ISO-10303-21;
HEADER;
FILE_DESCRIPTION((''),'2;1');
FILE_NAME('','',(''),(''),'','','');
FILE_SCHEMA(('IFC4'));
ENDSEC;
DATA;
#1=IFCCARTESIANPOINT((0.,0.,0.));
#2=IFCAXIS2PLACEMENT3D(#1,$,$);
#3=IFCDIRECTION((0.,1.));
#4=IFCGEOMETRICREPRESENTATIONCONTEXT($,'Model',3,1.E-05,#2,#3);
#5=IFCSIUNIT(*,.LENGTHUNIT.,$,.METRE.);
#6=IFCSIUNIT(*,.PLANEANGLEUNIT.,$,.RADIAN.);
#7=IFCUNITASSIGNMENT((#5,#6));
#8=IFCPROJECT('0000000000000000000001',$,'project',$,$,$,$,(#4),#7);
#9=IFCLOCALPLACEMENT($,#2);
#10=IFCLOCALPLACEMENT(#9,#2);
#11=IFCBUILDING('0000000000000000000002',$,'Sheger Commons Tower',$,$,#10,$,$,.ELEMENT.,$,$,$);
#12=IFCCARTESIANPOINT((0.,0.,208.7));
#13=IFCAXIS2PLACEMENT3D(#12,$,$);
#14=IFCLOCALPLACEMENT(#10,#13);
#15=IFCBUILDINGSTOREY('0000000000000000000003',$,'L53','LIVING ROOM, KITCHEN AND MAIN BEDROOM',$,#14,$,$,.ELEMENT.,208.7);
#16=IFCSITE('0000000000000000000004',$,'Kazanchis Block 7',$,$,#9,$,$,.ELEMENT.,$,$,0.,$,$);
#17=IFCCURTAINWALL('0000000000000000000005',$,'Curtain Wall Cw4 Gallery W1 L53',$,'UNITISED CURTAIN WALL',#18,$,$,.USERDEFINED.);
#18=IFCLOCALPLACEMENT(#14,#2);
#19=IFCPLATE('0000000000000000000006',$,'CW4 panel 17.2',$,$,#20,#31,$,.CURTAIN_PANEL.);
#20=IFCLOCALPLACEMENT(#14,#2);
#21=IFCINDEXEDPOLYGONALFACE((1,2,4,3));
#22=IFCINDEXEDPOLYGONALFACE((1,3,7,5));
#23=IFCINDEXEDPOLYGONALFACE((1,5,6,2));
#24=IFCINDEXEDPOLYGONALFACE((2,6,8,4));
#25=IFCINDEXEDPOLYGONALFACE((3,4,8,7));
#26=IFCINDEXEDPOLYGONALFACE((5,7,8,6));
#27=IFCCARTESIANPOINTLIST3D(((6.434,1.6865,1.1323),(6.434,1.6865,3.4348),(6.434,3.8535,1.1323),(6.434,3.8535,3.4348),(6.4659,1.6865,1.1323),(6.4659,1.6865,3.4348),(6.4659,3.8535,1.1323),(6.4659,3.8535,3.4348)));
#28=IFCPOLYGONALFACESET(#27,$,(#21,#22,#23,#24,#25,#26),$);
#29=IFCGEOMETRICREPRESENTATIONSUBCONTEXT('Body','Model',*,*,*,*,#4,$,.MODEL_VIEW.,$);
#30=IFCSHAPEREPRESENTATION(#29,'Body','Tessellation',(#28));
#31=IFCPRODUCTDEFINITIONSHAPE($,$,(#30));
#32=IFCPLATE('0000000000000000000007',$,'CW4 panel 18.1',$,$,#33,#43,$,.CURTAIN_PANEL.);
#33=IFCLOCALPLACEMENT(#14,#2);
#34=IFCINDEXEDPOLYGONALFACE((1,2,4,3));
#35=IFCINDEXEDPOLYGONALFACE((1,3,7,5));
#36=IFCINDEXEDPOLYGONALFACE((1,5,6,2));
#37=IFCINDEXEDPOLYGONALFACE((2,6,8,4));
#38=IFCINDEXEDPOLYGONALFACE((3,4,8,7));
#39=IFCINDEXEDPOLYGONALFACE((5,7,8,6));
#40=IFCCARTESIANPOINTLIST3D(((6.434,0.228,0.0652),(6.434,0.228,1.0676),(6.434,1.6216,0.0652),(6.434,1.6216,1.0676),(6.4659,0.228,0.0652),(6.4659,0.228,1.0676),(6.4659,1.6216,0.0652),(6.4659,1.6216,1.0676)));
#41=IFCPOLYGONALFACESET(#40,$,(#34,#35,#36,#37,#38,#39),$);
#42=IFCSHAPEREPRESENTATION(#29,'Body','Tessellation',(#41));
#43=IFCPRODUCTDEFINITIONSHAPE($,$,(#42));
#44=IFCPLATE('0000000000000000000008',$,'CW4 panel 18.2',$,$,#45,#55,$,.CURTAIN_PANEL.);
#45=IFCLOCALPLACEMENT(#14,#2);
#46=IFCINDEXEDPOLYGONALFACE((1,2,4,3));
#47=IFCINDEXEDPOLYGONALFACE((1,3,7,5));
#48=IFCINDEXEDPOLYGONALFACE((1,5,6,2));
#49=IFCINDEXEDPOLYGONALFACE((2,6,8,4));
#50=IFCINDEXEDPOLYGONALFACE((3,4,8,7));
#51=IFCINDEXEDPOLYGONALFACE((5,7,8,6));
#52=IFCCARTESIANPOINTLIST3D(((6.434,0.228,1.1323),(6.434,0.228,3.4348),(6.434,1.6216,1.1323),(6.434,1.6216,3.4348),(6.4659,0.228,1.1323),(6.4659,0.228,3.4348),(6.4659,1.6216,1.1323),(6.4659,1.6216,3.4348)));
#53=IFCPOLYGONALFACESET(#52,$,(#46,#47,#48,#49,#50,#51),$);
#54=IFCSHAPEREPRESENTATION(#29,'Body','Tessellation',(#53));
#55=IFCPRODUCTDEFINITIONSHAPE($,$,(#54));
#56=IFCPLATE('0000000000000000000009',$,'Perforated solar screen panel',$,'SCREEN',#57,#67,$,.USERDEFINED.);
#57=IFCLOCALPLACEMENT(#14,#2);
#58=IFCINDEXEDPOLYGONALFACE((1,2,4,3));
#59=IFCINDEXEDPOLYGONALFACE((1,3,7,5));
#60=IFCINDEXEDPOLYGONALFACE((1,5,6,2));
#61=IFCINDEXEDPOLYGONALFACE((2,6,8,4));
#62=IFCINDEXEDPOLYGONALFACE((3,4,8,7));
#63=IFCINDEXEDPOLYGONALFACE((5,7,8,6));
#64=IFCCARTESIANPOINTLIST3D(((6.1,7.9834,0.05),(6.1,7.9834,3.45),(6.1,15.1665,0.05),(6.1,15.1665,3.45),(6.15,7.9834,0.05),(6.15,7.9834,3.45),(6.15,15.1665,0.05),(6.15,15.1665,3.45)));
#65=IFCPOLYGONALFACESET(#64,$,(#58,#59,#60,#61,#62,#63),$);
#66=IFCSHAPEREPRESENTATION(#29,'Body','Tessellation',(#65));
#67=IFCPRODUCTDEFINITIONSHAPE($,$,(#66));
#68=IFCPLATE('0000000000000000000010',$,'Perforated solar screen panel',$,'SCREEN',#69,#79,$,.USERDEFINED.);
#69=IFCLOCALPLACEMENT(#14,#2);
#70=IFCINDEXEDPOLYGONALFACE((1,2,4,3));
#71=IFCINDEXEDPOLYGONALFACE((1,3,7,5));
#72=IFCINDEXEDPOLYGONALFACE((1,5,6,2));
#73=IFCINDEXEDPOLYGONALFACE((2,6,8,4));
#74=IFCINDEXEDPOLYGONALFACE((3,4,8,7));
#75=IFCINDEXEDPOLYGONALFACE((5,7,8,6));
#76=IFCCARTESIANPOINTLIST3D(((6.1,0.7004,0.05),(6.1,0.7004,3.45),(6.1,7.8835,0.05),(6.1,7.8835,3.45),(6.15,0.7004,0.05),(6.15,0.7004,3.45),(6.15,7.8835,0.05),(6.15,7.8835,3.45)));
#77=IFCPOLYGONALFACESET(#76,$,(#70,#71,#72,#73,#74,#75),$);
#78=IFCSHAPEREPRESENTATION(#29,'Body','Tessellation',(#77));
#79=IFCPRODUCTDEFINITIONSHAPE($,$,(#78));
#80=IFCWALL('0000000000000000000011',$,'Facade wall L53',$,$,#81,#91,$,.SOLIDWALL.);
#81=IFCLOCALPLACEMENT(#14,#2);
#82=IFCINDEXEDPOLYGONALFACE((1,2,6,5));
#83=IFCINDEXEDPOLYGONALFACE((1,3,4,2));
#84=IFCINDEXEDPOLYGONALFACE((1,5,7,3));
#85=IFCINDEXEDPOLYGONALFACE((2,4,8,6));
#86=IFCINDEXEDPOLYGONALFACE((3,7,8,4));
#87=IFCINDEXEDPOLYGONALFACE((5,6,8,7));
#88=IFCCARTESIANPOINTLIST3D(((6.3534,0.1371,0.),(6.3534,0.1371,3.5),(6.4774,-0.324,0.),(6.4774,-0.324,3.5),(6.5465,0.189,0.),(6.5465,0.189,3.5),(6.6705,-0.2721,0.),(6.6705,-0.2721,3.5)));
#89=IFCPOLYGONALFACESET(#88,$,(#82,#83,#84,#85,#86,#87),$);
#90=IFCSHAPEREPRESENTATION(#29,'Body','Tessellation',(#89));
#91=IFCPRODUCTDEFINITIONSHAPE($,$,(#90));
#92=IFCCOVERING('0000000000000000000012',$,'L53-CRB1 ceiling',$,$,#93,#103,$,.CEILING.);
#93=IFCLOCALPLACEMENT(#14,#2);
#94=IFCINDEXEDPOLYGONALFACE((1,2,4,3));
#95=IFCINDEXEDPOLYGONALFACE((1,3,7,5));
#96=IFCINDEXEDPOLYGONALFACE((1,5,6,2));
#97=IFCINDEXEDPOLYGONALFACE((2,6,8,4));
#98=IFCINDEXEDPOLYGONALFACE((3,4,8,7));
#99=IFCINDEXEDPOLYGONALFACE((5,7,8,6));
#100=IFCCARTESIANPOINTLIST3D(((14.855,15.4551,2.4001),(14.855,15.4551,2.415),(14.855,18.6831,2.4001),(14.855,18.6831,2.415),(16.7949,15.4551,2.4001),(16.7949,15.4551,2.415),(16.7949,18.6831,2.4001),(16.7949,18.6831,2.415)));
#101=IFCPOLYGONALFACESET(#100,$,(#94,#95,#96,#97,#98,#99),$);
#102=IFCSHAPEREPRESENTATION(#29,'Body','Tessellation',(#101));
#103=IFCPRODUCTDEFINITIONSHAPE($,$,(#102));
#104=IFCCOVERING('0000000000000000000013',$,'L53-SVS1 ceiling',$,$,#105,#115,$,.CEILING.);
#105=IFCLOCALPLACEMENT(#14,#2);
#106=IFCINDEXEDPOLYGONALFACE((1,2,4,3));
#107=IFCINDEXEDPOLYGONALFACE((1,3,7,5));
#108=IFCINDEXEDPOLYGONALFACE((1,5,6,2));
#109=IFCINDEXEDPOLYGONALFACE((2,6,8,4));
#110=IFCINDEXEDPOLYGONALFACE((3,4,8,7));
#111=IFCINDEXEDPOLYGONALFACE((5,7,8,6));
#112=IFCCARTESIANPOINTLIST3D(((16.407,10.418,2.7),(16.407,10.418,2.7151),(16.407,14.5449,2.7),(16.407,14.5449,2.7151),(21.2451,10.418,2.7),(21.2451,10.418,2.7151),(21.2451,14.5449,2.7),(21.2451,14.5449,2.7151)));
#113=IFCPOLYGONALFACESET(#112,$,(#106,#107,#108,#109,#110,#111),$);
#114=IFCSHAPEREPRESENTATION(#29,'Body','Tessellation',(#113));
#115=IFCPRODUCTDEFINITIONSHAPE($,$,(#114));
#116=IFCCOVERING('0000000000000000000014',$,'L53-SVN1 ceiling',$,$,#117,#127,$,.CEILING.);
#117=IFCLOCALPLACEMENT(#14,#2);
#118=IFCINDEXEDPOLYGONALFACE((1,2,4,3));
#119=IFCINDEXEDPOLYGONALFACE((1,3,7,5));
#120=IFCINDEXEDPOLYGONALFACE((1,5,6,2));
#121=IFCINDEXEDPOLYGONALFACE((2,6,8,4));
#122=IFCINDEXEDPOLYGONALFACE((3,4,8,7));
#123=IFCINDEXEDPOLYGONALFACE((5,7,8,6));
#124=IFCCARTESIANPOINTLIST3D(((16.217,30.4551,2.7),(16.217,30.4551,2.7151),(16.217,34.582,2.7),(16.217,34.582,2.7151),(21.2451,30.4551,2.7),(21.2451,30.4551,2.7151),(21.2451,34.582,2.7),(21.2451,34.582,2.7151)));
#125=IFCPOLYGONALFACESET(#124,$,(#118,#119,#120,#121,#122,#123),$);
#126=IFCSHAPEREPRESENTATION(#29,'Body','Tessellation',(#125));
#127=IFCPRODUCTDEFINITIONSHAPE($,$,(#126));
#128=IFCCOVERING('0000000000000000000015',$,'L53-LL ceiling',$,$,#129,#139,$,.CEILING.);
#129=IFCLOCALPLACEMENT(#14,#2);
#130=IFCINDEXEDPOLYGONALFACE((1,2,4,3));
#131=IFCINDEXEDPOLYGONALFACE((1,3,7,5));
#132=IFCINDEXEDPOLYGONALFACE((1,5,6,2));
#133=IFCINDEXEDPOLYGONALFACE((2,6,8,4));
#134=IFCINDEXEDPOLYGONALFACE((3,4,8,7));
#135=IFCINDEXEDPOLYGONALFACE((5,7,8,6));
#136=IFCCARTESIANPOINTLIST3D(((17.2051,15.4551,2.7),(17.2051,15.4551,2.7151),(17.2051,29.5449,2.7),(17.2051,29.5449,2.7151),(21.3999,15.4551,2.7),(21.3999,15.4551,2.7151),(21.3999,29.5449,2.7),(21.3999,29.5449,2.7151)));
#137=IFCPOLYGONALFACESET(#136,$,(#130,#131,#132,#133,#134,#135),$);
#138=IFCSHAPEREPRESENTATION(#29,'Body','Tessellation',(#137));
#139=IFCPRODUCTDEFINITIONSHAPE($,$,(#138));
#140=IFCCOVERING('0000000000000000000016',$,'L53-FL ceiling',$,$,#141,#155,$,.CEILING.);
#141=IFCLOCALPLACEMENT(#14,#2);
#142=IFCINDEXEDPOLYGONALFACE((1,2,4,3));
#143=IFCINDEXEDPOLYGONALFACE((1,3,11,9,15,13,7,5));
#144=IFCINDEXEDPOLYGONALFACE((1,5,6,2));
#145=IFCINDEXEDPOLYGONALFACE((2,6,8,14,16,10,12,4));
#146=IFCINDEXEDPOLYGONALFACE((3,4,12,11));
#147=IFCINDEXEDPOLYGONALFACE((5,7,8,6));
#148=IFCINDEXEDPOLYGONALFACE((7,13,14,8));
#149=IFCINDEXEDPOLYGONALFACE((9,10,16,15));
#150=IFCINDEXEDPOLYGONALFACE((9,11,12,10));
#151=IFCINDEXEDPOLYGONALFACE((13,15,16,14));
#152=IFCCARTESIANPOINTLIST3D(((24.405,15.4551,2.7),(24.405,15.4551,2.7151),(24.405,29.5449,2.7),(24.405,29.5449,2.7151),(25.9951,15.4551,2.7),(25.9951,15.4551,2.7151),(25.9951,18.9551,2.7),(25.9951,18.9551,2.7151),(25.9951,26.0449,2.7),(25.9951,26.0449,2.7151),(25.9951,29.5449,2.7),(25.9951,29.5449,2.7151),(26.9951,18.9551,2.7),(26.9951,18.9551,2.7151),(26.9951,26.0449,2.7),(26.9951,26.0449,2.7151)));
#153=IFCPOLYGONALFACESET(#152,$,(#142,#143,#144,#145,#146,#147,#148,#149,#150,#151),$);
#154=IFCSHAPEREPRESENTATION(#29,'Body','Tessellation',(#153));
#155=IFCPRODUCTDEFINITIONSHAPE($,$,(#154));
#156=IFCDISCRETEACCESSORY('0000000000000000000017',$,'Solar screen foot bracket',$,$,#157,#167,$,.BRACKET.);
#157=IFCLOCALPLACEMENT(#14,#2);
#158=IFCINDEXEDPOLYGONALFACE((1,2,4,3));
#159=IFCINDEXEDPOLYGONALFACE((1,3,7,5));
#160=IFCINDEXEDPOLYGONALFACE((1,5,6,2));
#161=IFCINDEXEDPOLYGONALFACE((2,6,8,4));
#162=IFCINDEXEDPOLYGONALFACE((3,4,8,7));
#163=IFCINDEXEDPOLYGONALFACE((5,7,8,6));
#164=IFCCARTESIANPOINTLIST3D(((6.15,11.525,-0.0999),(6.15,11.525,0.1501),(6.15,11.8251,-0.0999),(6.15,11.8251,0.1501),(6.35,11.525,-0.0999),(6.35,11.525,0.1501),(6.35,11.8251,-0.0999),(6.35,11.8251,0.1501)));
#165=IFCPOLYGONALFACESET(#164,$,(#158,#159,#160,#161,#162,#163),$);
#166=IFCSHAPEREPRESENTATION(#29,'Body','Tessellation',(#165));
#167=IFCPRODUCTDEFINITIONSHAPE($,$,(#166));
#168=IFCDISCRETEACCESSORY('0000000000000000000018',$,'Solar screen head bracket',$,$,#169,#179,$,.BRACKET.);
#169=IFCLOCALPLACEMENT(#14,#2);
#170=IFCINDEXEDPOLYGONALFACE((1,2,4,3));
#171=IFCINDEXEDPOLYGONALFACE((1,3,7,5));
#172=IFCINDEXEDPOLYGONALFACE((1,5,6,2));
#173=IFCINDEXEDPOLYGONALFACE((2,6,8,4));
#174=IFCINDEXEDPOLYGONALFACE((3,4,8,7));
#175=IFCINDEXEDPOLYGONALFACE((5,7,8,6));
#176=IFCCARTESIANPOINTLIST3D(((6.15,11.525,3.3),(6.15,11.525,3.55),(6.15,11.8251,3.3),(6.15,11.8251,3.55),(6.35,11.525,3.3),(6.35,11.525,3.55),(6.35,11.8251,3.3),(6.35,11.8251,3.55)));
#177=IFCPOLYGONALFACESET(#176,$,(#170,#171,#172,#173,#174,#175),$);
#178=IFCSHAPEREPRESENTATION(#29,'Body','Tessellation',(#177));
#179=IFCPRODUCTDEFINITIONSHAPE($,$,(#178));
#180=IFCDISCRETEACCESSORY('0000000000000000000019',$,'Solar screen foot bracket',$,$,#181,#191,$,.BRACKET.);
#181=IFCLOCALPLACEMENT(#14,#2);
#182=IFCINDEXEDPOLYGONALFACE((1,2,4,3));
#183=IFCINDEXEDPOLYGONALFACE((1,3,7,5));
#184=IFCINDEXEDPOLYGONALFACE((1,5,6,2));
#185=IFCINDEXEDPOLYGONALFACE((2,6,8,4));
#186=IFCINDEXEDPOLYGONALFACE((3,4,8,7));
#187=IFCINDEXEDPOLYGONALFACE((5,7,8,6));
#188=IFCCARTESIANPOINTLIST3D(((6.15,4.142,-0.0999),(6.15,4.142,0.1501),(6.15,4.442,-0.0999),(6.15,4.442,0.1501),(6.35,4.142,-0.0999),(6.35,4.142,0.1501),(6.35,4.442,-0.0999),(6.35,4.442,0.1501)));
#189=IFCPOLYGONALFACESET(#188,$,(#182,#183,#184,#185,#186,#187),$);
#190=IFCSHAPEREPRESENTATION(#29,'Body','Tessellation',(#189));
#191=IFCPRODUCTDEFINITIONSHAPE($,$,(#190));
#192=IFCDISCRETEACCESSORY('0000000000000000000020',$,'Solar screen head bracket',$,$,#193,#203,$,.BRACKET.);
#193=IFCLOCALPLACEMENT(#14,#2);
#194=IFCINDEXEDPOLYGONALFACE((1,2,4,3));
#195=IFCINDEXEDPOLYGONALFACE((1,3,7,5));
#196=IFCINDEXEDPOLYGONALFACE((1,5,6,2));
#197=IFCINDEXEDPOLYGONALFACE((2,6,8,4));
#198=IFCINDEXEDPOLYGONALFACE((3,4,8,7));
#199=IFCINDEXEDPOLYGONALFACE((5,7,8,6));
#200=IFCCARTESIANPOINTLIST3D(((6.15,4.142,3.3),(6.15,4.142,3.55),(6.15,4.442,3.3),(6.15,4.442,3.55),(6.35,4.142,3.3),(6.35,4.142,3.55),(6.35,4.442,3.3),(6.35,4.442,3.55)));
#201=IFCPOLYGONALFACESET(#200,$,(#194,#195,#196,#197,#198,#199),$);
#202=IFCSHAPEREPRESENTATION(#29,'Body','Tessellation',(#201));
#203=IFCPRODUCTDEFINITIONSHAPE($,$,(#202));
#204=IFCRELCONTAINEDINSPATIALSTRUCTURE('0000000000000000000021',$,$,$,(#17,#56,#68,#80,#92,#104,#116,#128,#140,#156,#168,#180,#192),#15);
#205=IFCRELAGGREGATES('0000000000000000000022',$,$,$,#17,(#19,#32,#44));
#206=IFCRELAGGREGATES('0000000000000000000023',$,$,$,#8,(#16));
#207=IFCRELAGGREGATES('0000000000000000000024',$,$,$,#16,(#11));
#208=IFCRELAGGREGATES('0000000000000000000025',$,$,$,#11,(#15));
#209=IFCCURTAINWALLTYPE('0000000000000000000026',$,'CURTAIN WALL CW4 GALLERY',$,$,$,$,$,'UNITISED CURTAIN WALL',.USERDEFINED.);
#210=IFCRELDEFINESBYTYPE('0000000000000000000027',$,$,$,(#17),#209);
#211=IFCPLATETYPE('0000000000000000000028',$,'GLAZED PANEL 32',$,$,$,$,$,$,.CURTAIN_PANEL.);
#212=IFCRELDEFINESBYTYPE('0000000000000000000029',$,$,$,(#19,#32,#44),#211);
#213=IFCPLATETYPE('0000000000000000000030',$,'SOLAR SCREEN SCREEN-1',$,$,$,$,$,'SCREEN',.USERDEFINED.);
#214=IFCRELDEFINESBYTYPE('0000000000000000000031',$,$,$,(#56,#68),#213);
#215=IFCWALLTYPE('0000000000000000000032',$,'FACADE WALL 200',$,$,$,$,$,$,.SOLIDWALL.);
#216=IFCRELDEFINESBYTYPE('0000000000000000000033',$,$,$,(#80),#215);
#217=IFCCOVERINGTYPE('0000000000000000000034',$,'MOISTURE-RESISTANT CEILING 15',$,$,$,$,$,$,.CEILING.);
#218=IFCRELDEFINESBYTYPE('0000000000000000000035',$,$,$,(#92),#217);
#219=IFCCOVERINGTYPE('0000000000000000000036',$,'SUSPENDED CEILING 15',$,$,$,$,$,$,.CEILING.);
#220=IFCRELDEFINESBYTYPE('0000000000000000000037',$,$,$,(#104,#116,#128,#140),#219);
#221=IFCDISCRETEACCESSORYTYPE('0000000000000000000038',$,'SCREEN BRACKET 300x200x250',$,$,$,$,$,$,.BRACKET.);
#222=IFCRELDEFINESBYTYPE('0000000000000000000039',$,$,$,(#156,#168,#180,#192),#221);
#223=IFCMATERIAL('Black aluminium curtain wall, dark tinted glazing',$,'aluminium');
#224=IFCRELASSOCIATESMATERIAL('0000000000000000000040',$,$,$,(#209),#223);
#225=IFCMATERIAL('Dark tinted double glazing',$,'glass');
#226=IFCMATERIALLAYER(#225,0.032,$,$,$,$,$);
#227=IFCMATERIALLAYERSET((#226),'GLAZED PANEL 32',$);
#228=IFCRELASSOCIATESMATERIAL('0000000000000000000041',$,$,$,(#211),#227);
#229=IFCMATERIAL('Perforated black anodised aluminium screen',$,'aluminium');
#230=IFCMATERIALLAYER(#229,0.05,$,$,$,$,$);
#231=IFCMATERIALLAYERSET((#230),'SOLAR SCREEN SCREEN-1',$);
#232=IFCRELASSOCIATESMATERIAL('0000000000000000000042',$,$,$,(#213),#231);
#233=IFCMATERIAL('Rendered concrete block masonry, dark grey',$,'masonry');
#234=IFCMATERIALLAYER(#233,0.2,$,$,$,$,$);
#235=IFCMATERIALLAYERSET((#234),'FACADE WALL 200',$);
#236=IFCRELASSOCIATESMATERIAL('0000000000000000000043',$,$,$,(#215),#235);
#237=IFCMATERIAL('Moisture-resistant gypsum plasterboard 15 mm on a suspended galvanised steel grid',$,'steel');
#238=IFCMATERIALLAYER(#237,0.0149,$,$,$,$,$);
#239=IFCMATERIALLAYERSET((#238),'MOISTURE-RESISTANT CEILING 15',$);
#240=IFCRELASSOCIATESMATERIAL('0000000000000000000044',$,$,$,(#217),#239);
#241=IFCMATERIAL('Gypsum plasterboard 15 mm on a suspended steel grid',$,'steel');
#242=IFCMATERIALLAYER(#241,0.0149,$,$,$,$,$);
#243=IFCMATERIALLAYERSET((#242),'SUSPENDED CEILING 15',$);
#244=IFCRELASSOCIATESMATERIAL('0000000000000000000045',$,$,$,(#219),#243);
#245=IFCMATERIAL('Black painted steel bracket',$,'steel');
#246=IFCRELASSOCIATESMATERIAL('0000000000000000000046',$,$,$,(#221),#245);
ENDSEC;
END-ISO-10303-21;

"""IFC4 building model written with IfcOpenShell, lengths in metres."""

from ifc_helpers import new_model, si_unit, direction, frame, frame_2d, origin, origin_2d, place, context, subcontext, project, spatial, polyline, rectangle, outline, extrude, material, layer, layer_set, type_object, element, aggregate, save


model = new_model("IFC4")

# Units and contexts
model_context = context("Model", 3, precision=1e-05, world=origin(), true_north=direction((0.0, 1.0)))
body_context = subcontext(model_context, "Body", "Model", "MODEL_VIEW")
ifc_project = project(units=[si_unit("LENGTHUNIT", "METRE"), si_unit("PLANEANGLEUNIT", "RADIAN")], contexts=[model_context])

# Site, building, storey
site_placement = place(None, origin())
site = spatial("IfcSite", under=ifc_project, at=site_placement, Name="Kazanchis Block 7", CompositionType="ELEMENT", RefElevation=0.0)
building_placement = place(site_placement, origin())
building = spatial("IfcBuilding", under=site, at=building_placement, Name="Sheger Commons Tower", CompositionType="ELEMENT")
storey_placement = place(building_placement, frame((0.0, 0.0, 208.7)))
storey = spatial("IfcBuildingStorey", under=building, at=storey_placement, Name="L53", Description="LIVING ROOM, KITCHEN AND MAIN BEDROOM", CompositionType="ELEMENT", Elevation=208.7)

# Curtain wall, plates
ifc_material_1 = material(Name="Black aluminium curtain wall, dark tinted glazing", Category="aluminium")
curtain_wall_type = type_object("IfcCurtainWallType", Name="CURTAIN WALL CW4 GALLERY", ElementType="UNITISED CURTAIN WALL", PredefinedType="USERDEFINED", material=ifc_material_1)
curtain_wall_placement = place(storey_placement, origin())
curtain_wall = element("IfcCurtainWall", 1, at=curtain_wall_placement, inside=storey, type_object=curtain_wall_type, Name="Curtain Wall Cw4 Gallery W1 L53", ObjectType="UNITISED CURTAIN WALL", PredefinedType="USERDEFINED")
ifc_material_2 = material(Name="Dark tinted double glazing", Category="glass")
ifc_layer_1 = layer(ifc_material_2, 0.032)
ifc_layer_set_1 = layer_set([ifc_layer_1], Name="GLAZED PANEL 32")
plate_type_1 = type_object("IfcPlateType", Name="GLAZED PANEL 32", PredefinedType="CURTAIN_PANEL", material=ifc_layer_set_1)
plate_1_placement = place(storey_placement, frame((6.45, 2.77, 1.1323), z_axis=(0.0, 0.0, 1.0), x_axis=(0.0, -1.0, 0.0)))
plate_1 = element("IfcPlate", 2, at=plate_1_placement, type_object=plate_type_1, Name="CW4 panel 17.2", PredefinedType="CURTAIN_PANEL", context=body_context, shape_type="SweptSolid", body=[
    extrude(rectangle(XDim=2.167, YDim=0.032, at=origin_2d()), origin(), (0.0, 0.0, 1.0), 2.3025),
])
plate_2_placement = place(storey_placement, frame((6.45, 0.9248, 0.0652), z_axis=(0.0, 0.0, 1.0), x_axis=(0.0, -1.0, 0.0)))
plate_2 = element("IfcPlate", 3, at=plate_2_placement, type_object=plate_type_1, Name="CW4 panel 18.1", PredefinedType="CURTAIN_PANEL", context=body_context, shape_type="SweptSolid", body=[
    extrude(rectangle(XDim=1.3936, YDim=0.032, at=origin_2d()), origin(), (0.0, 0.0, 1.0), 1.0024),
])
plate_3_placement = place(storey_placement, frame((6.45, 0.9248, 1.1323), z_axis=(0.0, 0.0, 1.0), x_axis=(0.0, -1.0, 0.0)))
plate_3 = element("IfcPlate", 4, at=plate_3_placement, type_object=plate_type_1, Name="CW4 panel 18.2", PredefinedType="CURTAIN_PANEL", context=body_context, shape_type="SweptSolid", body=[
    extrude(rectangle(XDim=1.3936, YDim=0.032, at=origin_2d()), origin(), (0.0, 0.0, 1.0), 2.3025),
])
aggregate(curtain_wall, [plate_1, plate_2, plate_3])

# Plates
ifc_material_3 = material(Name="Perforated black anodised aluminium screen", Category="aluminium")
ifc_layer_2 = layer(ifc_material_3, 0.05)
ifc_layer_set_2 = layer_set([ifc_layer_2], Name="SOLAR SCREEN SCREEN-1")
plate_type_2 = type_object("IfcPlateType", Name="SOLAR SCREEN SCREEN-1", ElementType="SCREEN", PredefinedType="USERDEFINED", material=ifc_layer_set_2)
for number, where, z_axis, x_axis, name in (
    (5, (6.125, 11.575, 0.05), (0.0, 0.0, 1.0), (0.0, -1.0, 0.0), "Perforated solar screen panel"),
    (6, (6.125, 4.292, 0.05), (0.0, 0.0, 1.0), (0.0, -1.0, 0.0), "Perforated solar screen panel"),
):
    element("IfcPlate", number, at=place(storey_placement, frame(where, z_axis=z_axis, x_axis=x_axis)), inside=storey, type_object=plate_type_2, Name=name, ObjectType="SCREEN", PredefinedType="USERDEFINED", context=body_context, shape_type="SweptSolid", body=[
        extrude(rectangle(XDim=7.1831, YDim=0.05, at=origin_2d()), origin(), (0.0, 0.0, 1.0), 3.3999),
    ])

# Wall
ifc_material_4 = material(Name="Rendered concrete block masonry, dark grey", Category="masonry")
ifc_layer_3 = layer(ifc_material_4, 0.2)
ifc_layer_set_3 = layer_set([ifc_layer_3], Name="FACADE WALL 200")
wall_type = type_object("IfcWallType", Name="FACADE WALL 200", PredefinedType="SOLIDWALL", material=ifc_layer_set_3)
wall_placement = place(storey_placement, frame((6.45, 0.1631, 0.0), z_axis=(0.0, 0.0, 1.0), x_axis=(0.259698, -0.96569, 0.0)))
element("IfcWall", 7, at=wall_placement, inside=storey, type_object=wall_type, Name="Facade wall L53", PredefinedType="SOLIDWALL", context=body_context, shape_type="SweptSolid", body=[
    extrude(rectangle(XDim=0.4775, YDim=0.2, at=frame_2d((0.2388, 0.0))), origin(), (0.0, 0.0, 1.0), 3.5),
])

# Coverings
ifc_material_5 = material(Name="Moisture-resistant gypsum plasterboard 15 mm on a suspended galvanised steel grid", Category="steel")
ifc_layer_4 = layer(ifc_material_5, 0.0149)
ifc_layer_set_4 = layer_set([ifc_layer_4], Name="MOISTURE-RESISTANT CEILING 15")
covering_type_1 = type_object("IfcCoveringType", Name="MOISTURE-RESISTANT CEILING 15", PredefinedType="CEILING", material=ifc_layer_set_4)
covering_1_placement = place(storey_placement, frame((0.0, 0.0, 2.4001)))
element("IfcCovering", 8, at=covering_1_placement, inside=storey, type_object=covering_type_1, Name="L53-CRB1 ceiling", PredefinedType="CEILING", context=body_context, shape_type="SweptSolid", body=[
    extrude(outline(polyline([(14.855, 15.4551), (16.7949, 15.4551), (16.7949, 18.6831), (14.855, 18.6831), (14.855, 15.4551)])), origin(), (0.0, 0.0, 1.0), 0.0149),
])
ifc_material_6 = material(Name="Gypsum plasterboard 15 mm on a suspended steel grid", Category="steel")
ifc_layer_5 = layer(ifc_material_6, 0.0149)
ifc_layer_set_5 = layer_set([ifc_layer_5], Name="SUSPENDED CEILING 15")
covering_type_2 = type_object("IfcCoveringType", Name="SUSPENDED CEILING 15", PredefinedType="CEILING", material=ifc_layer_set_5)
covering_2_placement = place(storey_placement, frame((0.0, 0.0, 2.7)))
element("IfcCovering", 9, at=covering_2_placement, inside=storey, type_object=covering_type_2, Name="L53-SVS1 ceiling", PredefinedType="CEILING", context=body_context, shape_type="SweptSolid", body=[
    extrude(outline(polyline([(16.407, 10.418), (21.2451, 10.418), (21.2451, 14.5449), (16.407, 14.5449), (16.407, 10.418)])), origin(), (0.0, 0.0, 1.0), 0.0151),
])
covering_3_placement = place(storey_placement, frame((0.0, 0.0, 2.7)))
element("IfcCovering", 10, at=covering_3_placement, inside=storey, type_object=covering_type_2, Name="L53-SVN1 ceiling", PredefinedType="CEILING", context=body_context, shape_type="SweptSolid", body=[
    extrude(outline(polyline([(16.217, 30.4551), (21.2451, 30.4551), (21.2451, 34.582), (16.217, 34.582), (16.217, 30.4551)])), origin(), (0.0, 0.0, 1.0), 0.0151),
])
covering_4_placement = place(storey_placement, frame((0.0, 0.0, 2.7)))
element("IfcCovering", 11, at=covering_4_placement, inside=storey, type_object=covering_type_2, Name="L53-LL ceiling", PredefinedType="CEILING", context=body_context, shape_type="SweptSolid", body=[
    extrude(outline(polyline([(17.2051, 15.4551), (21.3999, 15.4551), (21.3999, 29.5449), (17.2051, 29.5449), (17.2051, 15.4551)])), origin(), (0.0, 0.0, 1.0), 0.0151),
])
covering_5_placement = place(storey_placement, frame((0.0, 0.0, 2.7)))
element("IfcCovering", 12, at=covering_5_placement, inside=storey, type_object=covering_type_2, Name="L53-FL ceiling", PredefinedType="CEILING", context=body_context, shape_type="SweptSolid", body=[
    extrude(outline(polyline([(24.405, 15.4551), (25.9951, 15.4551), (25.9951, 18.9551), (26.9951, 18.9551), (26.9951, 26.0449), (25.9951, 26.0449), (25.9951, 29.5449), (24.405, 29.5449), (24.405, 15.4551)])), origin(), (0.0, 0.0, 1.0), 0.0151),
])

# Discrete accessories
ifc_material_7 = material(Name="Black painted steel bracket", Category="steel")
discrete_accessory_type = type_object("IfcDiscreteAccessoryType", Name="SCREEN BRACKET 300x200x250", PredefinedType="BRACKET", material=ifc_material_7)
for number, where, z_axis, x_axis, name in (
    (13, (6.25, 11.675, -0.0999), (0.0, 0.0, 1.0), (0.0, -1.0, 0.0), "Solar screen foot bracket"),
    (14, (6.25, 11.675, 3.3), (0.0, 0.0, 1.0), (0.0, -1.0, 0.0), "Solar screen head bracket"),
    (15, (6.25, 4.292, -0.0999), (0.0, 0.0, 1.0), (0.0, -1.0, 0.0), "Solar screen foot bracket"),
    (16, (6.25, 4.292, 3.3), (0.0, 0.0, 1.0), (0.0, -1.0, 0.0), "Solar screen head bracket"),
):
    element("IfcDiscreteAccessory", number, at=place(storey_placement, frame(where, z_axis=z_axis, x_axis=x_axis)), inside=storey, type_object=discrete_accessory_type, Name=name, PredefinedType="BRACKET", context=body_context, shape_type="SweptSolid", body=[
        extrude(rectangle(XDim=0.3, YDim=0.2, at=origin_2d()), origin(), (0.0, 0.0, 1.0), 0.25),
    ])

save(model, "model.ifc")
